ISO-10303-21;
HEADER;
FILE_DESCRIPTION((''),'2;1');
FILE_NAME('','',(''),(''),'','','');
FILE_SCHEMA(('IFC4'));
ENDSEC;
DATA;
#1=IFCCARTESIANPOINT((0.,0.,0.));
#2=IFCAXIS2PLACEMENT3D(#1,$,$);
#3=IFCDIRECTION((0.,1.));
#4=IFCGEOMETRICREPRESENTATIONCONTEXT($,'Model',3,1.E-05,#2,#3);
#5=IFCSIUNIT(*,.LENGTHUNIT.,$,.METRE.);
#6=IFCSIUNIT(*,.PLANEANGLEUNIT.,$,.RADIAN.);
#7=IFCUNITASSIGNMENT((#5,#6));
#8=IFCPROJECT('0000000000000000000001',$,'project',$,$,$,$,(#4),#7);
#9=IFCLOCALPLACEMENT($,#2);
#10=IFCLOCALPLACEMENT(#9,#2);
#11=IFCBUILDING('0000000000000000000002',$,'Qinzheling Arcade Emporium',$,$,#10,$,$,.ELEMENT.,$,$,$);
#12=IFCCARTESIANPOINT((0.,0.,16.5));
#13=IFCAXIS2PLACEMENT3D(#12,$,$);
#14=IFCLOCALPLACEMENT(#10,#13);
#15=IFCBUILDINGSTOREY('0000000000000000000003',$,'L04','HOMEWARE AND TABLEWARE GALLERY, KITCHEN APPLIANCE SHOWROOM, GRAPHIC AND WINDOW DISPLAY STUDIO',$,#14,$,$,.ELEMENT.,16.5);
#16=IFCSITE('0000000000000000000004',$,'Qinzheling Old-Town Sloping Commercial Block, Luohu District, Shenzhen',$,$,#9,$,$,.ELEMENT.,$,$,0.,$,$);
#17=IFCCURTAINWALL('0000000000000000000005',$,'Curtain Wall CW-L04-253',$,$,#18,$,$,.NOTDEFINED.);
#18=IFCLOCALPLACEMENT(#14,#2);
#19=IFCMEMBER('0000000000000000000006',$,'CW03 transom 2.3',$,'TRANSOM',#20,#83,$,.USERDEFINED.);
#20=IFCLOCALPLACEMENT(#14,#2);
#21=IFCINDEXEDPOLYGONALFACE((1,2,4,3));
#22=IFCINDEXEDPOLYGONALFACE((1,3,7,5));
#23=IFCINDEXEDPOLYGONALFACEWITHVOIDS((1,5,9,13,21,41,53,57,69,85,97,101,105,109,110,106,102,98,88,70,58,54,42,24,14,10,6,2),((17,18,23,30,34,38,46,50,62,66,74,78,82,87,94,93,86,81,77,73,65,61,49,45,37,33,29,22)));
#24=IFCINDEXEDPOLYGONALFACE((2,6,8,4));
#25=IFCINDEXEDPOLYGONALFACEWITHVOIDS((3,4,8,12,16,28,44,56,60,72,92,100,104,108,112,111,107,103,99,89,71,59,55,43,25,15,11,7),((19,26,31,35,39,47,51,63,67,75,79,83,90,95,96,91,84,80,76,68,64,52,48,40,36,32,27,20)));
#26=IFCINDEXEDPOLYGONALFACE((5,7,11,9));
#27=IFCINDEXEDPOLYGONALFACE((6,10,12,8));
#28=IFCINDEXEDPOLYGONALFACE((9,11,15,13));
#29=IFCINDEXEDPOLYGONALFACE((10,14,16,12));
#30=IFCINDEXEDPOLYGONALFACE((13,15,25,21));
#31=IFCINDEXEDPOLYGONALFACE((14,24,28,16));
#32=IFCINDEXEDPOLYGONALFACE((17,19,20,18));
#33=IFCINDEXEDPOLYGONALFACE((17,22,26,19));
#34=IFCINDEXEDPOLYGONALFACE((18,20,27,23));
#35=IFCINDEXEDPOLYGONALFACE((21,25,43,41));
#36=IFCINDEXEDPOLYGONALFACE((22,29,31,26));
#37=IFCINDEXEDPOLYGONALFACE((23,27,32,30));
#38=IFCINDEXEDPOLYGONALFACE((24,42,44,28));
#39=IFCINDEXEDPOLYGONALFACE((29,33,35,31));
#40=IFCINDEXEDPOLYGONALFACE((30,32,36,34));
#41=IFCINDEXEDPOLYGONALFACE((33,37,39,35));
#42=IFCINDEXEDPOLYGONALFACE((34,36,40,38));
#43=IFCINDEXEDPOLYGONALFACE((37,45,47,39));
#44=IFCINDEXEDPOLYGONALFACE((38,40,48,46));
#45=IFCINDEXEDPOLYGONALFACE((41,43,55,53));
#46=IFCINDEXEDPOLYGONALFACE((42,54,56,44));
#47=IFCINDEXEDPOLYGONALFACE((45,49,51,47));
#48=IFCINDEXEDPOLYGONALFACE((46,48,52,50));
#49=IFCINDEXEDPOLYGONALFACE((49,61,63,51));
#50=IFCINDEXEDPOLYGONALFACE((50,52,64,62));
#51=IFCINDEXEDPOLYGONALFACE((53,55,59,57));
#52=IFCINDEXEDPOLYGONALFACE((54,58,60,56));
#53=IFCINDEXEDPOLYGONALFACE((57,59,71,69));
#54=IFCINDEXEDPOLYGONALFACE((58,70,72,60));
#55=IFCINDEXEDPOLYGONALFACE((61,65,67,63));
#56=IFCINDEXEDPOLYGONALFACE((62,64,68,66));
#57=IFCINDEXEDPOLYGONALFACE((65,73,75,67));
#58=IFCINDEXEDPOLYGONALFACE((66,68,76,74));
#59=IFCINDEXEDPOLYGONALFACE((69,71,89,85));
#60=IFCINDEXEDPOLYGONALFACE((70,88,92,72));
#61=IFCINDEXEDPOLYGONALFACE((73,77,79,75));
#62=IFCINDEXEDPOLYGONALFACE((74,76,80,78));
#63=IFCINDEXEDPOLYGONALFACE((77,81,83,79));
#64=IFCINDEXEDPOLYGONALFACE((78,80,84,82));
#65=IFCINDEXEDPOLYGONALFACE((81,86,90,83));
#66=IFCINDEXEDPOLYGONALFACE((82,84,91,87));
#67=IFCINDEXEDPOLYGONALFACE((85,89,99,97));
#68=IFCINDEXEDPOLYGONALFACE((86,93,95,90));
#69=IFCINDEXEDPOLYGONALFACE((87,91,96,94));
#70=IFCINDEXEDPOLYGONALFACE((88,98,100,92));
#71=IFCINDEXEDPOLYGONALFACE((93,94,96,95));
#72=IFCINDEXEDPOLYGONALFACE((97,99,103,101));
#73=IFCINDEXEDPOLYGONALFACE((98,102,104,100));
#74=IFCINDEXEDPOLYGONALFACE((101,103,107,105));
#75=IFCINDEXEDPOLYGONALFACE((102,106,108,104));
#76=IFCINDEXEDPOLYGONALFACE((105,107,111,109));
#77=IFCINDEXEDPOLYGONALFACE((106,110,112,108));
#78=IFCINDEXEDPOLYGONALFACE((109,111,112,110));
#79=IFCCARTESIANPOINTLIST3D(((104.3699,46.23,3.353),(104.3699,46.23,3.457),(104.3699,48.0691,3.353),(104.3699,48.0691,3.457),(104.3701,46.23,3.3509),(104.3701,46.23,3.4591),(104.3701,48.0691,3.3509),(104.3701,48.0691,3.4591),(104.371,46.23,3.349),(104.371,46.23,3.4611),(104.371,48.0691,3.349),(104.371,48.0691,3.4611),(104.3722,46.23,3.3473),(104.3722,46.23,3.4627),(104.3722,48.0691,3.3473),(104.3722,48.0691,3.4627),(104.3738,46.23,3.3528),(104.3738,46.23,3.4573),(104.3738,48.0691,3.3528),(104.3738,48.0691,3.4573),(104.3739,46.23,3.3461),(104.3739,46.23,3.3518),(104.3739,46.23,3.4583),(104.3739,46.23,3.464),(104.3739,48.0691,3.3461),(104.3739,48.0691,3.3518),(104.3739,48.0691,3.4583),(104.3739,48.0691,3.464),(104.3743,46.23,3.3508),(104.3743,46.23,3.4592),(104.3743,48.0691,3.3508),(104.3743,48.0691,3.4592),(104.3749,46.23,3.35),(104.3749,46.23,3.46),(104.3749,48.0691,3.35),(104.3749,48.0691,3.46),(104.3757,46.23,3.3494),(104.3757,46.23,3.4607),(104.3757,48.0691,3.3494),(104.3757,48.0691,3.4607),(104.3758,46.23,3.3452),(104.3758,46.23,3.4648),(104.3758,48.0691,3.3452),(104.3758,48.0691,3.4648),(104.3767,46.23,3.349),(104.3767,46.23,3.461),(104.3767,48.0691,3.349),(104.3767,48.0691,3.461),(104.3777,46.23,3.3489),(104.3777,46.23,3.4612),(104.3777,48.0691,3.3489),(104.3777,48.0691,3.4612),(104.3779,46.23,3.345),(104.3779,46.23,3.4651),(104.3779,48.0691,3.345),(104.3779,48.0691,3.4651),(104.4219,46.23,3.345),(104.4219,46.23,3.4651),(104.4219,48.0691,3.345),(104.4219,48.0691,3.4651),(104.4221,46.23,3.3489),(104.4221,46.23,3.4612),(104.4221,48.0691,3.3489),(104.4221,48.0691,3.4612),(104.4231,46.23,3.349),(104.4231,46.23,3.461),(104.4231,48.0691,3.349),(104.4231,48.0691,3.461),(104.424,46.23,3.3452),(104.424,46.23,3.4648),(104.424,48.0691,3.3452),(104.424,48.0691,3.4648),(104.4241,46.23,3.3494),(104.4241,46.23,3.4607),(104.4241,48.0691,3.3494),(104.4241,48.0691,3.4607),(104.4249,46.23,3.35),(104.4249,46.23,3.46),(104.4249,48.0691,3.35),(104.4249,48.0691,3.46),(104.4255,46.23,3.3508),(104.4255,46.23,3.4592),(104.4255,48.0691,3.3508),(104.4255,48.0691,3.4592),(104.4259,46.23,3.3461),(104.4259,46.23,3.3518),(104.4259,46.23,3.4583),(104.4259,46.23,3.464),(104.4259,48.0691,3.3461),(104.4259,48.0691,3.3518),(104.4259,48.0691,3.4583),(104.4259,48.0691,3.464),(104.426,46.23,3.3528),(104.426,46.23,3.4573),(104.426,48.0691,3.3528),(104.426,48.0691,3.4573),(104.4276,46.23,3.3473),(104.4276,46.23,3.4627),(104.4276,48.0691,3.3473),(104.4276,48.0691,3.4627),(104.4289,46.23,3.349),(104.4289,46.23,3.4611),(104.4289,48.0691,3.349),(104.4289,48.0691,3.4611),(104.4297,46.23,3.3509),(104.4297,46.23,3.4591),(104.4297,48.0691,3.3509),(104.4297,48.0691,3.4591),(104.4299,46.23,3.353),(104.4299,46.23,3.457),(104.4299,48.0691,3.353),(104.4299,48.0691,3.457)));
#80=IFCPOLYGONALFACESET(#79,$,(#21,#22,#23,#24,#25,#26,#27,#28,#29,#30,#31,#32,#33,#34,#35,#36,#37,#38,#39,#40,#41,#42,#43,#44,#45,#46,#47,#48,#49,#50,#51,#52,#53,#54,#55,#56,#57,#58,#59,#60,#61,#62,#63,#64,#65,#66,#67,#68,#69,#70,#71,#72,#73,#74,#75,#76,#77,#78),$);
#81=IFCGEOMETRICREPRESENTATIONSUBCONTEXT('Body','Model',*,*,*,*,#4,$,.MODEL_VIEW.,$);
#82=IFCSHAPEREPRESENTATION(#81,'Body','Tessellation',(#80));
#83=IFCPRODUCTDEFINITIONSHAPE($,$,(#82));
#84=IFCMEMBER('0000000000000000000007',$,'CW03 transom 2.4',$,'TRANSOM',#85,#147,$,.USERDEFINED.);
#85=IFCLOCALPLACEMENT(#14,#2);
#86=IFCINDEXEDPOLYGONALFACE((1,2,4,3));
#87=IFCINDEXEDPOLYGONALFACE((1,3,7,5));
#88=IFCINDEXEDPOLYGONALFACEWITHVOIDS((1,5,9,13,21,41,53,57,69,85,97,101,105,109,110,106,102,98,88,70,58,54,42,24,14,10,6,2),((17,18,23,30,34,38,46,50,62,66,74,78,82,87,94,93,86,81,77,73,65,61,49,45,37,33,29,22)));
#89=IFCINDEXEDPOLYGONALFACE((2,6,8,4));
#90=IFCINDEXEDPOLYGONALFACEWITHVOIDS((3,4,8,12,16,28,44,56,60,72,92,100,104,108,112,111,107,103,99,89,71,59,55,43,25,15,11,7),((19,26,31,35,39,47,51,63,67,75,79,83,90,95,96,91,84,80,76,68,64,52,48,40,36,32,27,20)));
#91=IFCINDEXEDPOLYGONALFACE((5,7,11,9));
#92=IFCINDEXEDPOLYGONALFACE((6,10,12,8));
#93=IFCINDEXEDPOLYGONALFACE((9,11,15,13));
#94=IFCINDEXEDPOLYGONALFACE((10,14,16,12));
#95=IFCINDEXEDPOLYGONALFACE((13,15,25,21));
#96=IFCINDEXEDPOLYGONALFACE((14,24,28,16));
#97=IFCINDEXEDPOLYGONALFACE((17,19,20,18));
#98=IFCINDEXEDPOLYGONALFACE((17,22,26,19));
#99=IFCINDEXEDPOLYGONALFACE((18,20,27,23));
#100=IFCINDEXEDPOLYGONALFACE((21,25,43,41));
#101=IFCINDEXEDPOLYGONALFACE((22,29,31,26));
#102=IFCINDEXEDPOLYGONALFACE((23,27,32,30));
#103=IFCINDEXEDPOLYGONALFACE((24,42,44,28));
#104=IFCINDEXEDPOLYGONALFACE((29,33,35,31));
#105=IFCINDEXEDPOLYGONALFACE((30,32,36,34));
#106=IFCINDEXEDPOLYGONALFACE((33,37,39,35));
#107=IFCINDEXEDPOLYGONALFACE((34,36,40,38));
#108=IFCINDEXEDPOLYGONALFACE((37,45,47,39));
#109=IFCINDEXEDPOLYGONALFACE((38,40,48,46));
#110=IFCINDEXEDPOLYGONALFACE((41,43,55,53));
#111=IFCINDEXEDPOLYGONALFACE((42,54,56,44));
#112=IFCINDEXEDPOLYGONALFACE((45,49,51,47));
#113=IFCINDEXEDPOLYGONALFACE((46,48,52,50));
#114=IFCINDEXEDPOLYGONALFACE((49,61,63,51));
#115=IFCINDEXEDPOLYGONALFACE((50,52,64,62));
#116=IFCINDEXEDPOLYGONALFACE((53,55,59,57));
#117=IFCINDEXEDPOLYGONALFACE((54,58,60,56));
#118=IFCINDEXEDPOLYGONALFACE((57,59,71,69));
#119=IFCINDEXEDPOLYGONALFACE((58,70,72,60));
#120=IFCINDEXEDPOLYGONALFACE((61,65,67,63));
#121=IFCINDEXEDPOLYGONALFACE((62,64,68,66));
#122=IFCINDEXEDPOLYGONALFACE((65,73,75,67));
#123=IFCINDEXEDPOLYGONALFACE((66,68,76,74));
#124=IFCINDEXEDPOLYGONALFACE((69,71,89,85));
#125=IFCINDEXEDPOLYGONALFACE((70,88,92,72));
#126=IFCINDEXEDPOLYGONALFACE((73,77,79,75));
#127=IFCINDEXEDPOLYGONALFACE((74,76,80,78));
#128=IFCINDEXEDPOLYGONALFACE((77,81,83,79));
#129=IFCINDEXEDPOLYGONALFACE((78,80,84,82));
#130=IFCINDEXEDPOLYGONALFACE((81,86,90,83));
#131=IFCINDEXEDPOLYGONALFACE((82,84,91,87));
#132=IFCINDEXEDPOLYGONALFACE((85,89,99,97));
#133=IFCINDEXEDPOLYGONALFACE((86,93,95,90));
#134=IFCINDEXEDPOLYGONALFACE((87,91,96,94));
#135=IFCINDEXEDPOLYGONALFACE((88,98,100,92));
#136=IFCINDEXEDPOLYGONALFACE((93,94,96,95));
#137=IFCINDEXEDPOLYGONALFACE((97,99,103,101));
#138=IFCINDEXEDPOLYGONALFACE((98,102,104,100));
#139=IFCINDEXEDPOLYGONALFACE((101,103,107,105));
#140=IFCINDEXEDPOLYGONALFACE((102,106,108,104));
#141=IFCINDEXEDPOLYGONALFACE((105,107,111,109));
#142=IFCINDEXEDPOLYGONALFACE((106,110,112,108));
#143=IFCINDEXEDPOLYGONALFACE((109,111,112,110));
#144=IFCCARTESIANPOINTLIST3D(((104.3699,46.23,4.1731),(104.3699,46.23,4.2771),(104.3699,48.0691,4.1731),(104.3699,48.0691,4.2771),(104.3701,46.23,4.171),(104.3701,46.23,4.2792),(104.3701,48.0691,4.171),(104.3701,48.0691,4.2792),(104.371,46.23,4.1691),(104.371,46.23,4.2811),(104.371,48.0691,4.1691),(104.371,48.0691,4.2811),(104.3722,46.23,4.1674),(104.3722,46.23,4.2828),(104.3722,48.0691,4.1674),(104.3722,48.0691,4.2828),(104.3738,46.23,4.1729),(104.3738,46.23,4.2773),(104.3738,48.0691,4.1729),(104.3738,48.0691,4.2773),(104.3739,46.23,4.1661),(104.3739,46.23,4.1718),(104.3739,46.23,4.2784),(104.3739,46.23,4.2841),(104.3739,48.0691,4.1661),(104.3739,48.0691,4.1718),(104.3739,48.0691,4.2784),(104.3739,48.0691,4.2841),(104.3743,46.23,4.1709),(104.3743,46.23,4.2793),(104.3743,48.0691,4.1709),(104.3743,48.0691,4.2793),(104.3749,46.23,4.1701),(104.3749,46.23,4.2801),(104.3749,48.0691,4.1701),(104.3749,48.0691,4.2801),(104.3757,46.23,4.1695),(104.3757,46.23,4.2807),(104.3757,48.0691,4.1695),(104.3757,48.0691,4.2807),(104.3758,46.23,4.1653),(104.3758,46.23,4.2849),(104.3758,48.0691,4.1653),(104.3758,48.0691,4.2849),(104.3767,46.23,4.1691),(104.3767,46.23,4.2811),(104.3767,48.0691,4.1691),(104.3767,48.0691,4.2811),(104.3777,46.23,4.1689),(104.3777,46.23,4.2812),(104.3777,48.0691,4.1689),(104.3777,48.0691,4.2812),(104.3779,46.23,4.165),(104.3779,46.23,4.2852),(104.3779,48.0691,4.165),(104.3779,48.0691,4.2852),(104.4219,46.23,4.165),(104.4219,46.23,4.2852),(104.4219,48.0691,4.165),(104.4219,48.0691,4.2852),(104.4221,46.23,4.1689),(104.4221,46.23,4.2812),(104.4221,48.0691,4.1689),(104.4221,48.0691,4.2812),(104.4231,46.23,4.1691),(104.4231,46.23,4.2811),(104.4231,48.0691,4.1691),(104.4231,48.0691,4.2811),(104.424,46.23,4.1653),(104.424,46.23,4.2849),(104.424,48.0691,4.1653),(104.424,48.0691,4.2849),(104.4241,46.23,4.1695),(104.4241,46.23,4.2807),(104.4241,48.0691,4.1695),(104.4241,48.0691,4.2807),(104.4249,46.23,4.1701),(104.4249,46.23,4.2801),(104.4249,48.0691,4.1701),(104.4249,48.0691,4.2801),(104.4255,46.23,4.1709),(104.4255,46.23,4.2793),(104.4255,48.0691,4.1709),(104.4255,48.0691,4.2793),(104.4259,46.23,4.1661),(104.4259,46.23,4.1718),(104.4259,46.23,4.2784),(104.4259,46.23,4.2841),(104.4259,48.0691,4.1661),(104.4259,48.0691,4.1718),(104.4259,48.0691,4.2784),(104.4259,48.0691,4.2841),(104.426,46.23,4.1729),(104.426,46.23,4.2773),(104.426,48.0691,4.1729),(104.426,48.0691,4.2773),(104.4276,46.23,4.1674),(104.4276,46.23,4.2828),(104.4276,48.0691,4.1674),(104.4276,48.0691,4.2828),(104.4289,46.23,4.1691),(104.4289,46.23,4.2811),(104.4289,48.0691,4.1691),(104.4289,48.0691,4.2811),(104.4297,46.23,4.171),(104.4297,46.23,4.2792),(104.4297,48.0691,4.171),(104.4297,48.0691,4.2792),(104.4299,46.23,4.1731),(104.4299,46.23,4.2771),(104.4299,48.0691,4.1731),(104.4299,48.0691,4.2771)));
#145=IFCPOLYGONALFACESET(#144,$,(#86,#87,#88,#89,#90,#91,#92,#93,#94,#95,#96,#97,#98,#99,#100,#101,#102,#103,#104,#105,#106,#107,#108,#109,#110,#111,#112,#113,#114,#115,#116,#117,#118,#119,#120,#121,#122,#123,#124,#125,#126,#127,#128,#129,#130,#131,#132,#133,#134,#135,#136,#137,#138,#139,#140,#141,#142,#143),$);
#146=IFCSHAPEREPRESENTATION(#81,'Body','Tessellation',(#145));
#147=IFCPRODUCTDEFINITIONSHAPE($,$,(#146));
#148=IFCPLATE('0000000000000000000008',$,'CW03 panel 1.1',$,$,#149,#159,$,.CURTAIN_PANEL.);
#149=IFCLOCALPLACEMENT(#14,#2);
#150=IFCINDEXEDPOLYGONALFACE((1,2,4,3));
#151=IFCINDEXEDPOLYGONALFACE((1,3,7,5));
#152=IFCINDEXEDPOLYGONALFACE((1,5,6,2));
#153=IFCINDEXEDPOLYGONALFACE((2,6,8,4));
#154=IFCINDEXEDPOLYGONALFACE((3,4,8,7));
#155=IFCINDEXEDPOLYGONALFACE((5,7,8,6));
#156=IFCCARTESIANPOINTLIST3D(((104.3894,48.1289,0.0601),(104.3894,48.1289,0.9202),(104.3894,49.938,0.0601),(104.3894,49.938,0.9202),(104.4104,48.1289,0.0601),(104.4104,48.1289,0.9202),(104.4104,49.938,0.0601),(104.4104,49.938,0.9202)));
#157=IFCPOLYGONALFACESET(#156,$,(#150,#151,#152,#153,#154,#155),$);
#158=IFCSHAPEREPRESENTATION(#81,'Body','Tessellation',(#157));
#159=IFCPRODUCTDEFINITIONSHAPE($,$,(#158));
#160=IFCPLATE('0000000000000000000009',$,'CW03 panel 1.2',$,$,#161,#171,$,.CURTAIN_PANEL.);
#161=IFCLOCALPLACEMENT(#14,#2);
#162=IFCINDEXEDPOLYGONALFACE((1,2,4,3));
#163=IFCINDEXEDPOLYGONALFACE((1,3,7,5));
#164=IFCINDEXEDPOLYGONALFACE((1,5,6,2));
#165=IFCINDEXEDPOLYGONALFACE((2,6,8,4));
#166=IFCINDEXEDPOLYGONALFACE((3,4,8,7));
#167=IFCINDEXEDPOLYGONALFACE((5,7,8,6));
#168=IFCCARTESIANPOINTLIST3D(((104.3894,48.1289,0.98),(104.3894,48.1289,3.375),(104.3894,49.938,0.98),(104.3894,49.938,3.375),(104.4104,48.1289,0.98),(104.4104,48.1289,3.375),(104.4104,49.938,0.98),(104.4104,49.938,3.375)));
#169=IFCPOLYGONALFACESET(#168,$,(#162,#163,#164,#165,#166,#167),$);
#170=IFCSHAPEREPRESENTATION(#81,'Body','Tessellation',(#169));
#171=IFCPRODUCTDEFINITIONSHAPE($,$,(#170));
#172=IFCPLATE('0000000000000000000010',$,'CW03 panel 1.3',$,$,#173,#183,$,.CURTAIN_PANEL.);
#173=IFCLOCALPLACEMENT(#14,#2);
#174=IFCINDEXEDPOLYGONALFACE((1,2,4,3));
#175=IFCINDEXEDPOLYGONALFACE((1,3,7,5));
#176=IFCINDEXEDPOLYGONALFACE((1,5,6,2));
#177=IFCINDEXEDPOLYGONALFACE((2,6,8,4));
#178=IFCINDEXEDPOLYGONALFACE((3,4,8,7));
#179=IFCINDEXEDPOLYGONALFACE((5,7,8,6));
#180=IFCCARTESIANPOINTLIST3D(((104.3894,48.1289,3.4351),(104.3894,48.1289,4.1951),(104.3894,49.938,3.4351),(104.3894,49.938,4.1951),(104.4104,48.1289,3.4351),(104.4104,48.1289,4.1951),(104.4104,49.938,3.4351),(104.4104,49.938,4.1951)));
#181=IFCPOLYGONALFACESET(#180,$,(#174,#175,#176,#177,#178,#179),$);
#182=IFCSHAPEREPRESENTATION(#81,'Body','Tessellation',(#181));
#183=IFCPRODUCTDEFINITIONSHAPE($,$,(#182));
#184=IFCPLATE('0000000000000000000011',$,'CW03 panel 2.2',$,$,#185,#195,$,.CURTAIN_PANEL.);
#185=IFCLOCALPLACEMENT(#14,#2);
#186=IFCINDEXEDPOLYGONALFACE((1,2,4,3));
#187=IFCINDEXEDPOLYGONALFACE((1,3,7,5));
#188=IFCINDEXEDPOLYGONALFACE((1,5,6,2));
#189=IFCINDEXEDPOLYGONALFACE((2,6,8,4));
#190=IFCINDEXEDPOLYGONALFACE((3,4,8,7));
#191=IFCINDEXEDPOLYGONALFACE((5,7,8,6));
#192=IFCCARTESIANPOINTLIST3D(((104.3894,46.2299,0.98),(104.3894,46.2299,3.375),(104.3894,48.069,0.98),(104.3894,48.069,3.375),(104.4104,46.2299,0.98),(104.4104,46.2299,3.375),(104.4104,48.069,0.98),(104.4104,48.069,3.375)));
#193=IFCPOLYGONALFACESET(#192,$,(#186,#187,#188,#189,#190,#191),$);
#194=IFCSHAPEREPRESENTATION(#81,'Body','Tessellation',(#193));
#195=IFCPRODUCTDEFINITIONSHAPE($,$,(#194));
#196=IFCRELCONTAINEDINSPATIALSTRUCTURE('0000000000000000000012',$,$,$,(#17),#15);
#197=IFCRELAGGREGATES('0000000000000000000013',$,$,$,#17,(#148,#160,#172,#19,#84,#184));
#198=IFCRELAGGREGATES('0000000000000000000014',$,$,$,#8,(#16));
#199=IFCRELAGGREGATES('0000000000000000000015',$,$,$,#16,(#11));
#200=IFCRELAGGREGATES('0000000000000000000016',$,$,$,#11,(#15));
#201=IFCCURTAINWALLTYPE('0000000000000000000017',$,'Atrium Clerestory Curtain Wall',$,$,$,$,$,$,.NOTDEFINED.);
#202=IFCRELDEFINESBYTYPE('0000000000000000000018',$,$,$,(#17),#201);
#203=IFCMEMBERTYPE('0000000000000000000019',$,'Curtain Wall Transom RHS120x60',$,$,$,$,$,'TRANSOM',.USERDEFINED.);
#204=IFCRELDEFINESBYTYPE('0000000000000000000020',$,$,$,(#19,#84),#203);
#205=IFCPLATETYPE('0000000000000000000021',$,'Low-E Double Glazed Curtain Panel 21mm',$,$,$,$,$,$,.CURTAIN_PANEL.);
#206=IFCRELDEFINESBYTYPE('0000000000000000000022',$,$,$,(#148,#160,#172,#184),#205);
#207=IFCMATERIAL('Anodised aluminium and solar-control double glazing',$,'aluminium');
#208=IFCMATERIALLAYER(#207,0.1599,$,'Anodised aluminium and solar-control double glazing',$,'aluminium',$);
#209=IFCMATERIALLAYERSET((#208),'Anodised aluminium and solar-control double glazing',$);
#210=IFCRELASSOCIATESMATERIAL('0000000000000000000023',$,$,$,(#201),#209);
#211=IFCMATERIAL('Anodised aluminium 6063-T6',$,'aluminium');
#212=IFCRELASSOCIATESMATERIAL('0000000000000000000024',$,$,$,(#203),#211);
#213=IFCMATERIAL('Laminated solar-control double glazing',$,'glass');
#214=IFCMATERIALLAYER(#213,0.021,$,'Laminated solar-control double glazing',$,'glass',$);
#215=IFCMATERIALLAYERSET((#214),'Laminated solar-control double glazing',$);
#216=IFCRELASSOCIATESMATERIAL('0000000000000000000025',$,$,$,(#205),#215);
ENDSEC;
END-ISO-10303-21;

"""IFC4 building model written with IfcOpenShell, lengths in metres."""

from ifc_helpers import new_model, si_unit, direction, frame, origin, origin_2d, place, context, subcontext, project, spatial, rectangle, hollow_rectangle, extrude, material, layer, layer_set, material_profile, profile_set, type_object, element, aggregate, save


model = new_model("IFC4")

# Units and contexts
model_context = context("Model", 3, precision=1e-05, world=origin(), true_north=direction((0.0, 1.0)))
body_context = subcontext(model_context, "Body", "Model", "MODEL_VIEW")
ifc_project = project(units=[si_unit("LENGTHUNIT", "METRE"), si_unit("PLANEANGLEUNIT", "RADIAN")], contexts=[model_context])

# Site, building, storey
site_placement = place(None, origin())
site = spatial("IfcSite", under=ifc_project, at=site_placement, Name="Qinzheling Old-Town Sloping Commercial Block, Luohu District, Shenzhen", CompositionType="ELEMENT", RefElevation=0.0)
building_placement = place(site_placement, origin())
building = spatial("IfcBuilding", under=site, at=building_placement, Name="Qinzheling Arcade Emporium", CompositionType="ELEMENT")
storey_placement = place(building_placement, frame((0.0, 0.0, 16.5)))
storey = spatial("IfcBuildingStorey", under=building, at=storey_placement, Name="L04", Description="HOMEWARE AND TABLEWARE GALLERY, KITCHEN APPLIANCE SHOWROOM, GRAPHIC AND WINDOW DISPLAY STUDIO", CompositionType="ELEMENT", Elevation=16.5)

# Shared definitions
ifc_material_1 = material(Name="Anodised aluminium and solar-control double glazing", Category="aluminium")
ifc_layer_1 = layer(ifc_material_1, 0.1599, Name="Anodised aluminium and solar-control double glazing", Category="aluminium")
ifc_layer_set_1 = layer_set([ifc_layer_1], Name="Anodised aluminium and solar-control double glazing")
curtain_wall_type = type_object("IfcCurtainWallType", Name="Atrium Clerestory Curtain Wall", PredefinedType="NOTDEFINED", material=ifc_layer_set_1)
ifc_material_2 = material(Name="Anodised aluminium 6063-T6", Category="aluminium")

# Curtain wall, members, plates
curtain_wall_1_placement = place(storey_placement, origin())
curtain_wall_1 = element("IfcCurtainWall", 1, at=curtain_wall_1_placement, inside=storey, type_object=curtain_wall_type, Name="Curtain Wall CW-L04-253", PredefinedType="NOTDEFINED")
ifc_material_profile_1 = material_profile(ifc_material_2, hollow_rectangle(XDim=0.0601, YDim=0.1201, WallThickness=0.0039, InnerFilletRadius=0.0039, OuterFilletRadius=0.0081, at=origin_2d()), Name="RHS 120x60x4", Category="aluminium")
ifc_profile_set_1 = profile_set([ifc_material_profile_1], Name="Anodised aluminium 6063-T6")
member_type_1 = type_object("IfcMemberType", Name="Curtain Wall Transom RHS120x60", ElementType="TRANSOM", PredefinedType="USERDEFINED", material=ifc_profile_set_1)
member_1_placement = place(storey_placement, frame((104.3999, 48.0691, 3.405), z_axis=(0.0, -1.0, 0.0), x_axis=(1.0, 0.0, 0.0)))
member_1 = element("IfcMember", 2, at=member_1_placement, type_object=member_type_1, Name="CW03 transom 2.3", ObjectType="TRANSOM", PredefinedType="USERDEFINED", context=body_context, shape_type="SweptSolid", body=[
    extrude(hollow_rectangle(XDim=0.0601, YDim=0.1201, WallThickness=0.0039, InnerFilletRadius=0.0039, OuterFilletRadius=0.0081, at=origin_2d()), origin(), (0.0, 0.0, 1.0), 1.8391),
])
member_2_placement = place(storey_placement, frame((104.3999, 48.0691, 4.2251), z_axis=(0.0, -1.0, 0.0), x_axis=(1.0, 0.0, 0.0)))
member_2 = element("IfcMember", 3, at=member_2_placement, type_object=member_type_1, Name="CW03 transom 2.4", ObjectType="TRANSOM", PredefinedType="USERDEFINED", context=body_context, shape_type="SweptSolid", body=[
    extrude(hollow_rectangle(XDim=0.0601, YDim=0.1201, WallThickness=0.0039, InnerFilletRadius=0.0039, OuterFilletRadius=0.0081, at=origin_2d()), origin(), (0.0, 0.0, 1.0), 1.8391),
])
ifc_material_3 = material(Name="Laminated solar-control double glazing", Category="glass")
ifc_layer_2 = layer(ifc_material_3, 0.021, Name="Laminated solar-control double glazing", Category="glass")
ifc_layer_set_2 = layer_set([ifc_layer_2], Name="Laminated solar-control double glazing")
plate_type_1 = type_object("IfcPlateType", Name="Low-E Double Glazed Curtain Panel 21mm", PredefinedType="CURTAIN_PANEL", material=ifc_layer_set_2)
plate_1_placement = place(storey_placement, frame((104.3999, 49.0334, 0.0601), z_axis=(0.0, 0.0, 1.0), x_axis=(0.0, -1.0, 0.0)))
plate_1 = element("IfcPlate", 4, at=plate_1_placement, type_object=plate_type_1, Name="CW03 panel 1.1", PredefinedType="CURTAIN_PANEL", context=body_context, shape_type="SweptSolid", body=[
    extrude(rectangle(XDim=1.8091, YDim=0.021, at=origin_2d()), origin(), (0.0, 0.0, 1.0), 0.8601),
])
plate_2_placement = place(storey_placement, frame((104.3999, 49.0334, 0.98), z_axis=(0.0, 0.0, 1.0), x_axis=(0.0, -1.0, 0.0)))
plate_2 = element("IfcPlate", 5, at=plate_2_placement, type_object=plate_type_1, Name="CW03 panel 1.2", PredefinedType="CURTAIN_PANEL", context=body_context, shape_type="SweptSolid", body=[
    extrude(rectangle(XDim=1.8091, YDim=0.021, at=origin_2d()), origin(), (0.0, 0.0, 1.0), 2.395),
])
plate_3_placement = place(storey_placement, frame((104.3999, 49.0334, 3.4351), z_axis=(0.0, 0.0, 1.0), x_axis=(0.0, -1.0, 0.0)))
plate_3 = element("IfcPlate", 6, at=plate_3_placement, type_object=plate_type_1, Name="CW03 panel 1.3", PredefinedType="CURTAIN_PANEL", context=body_context, shape_type="SweptSolid", body=[
    extrude(rectangle(XDim=1.8091, YDim=0.021, at=origin_2d()), origin(), (0.0, 0.0, 1.0), 0.76),
])
plate_4_placement = place(storey_placement, frame((104.3999, 47.1494, 0.98), z_axis=(0.0, 0.0, 1.0), x_axis=(0.0, -1.0, 0.0)))
plate_4 = element("IfcPlate", 7, at=plate_4_placement, type_object=plate_type_1, Name="CW03 panel 2.2", PredefinedType="CURTAIN_PANEL", context=body_context, shape_type="SweptSolid", body=[
    extrude(rectangle(XDim=1.8391, YDim=0.021, at=origin_2d()), origin(), (0.0, 0.0, 1.0), 2.395),
])
aggregate(curtain_wall_1, [plate_1, plate_2, plate_3, member_1, member_2, plate_4])

save(model, "model.ifc")
